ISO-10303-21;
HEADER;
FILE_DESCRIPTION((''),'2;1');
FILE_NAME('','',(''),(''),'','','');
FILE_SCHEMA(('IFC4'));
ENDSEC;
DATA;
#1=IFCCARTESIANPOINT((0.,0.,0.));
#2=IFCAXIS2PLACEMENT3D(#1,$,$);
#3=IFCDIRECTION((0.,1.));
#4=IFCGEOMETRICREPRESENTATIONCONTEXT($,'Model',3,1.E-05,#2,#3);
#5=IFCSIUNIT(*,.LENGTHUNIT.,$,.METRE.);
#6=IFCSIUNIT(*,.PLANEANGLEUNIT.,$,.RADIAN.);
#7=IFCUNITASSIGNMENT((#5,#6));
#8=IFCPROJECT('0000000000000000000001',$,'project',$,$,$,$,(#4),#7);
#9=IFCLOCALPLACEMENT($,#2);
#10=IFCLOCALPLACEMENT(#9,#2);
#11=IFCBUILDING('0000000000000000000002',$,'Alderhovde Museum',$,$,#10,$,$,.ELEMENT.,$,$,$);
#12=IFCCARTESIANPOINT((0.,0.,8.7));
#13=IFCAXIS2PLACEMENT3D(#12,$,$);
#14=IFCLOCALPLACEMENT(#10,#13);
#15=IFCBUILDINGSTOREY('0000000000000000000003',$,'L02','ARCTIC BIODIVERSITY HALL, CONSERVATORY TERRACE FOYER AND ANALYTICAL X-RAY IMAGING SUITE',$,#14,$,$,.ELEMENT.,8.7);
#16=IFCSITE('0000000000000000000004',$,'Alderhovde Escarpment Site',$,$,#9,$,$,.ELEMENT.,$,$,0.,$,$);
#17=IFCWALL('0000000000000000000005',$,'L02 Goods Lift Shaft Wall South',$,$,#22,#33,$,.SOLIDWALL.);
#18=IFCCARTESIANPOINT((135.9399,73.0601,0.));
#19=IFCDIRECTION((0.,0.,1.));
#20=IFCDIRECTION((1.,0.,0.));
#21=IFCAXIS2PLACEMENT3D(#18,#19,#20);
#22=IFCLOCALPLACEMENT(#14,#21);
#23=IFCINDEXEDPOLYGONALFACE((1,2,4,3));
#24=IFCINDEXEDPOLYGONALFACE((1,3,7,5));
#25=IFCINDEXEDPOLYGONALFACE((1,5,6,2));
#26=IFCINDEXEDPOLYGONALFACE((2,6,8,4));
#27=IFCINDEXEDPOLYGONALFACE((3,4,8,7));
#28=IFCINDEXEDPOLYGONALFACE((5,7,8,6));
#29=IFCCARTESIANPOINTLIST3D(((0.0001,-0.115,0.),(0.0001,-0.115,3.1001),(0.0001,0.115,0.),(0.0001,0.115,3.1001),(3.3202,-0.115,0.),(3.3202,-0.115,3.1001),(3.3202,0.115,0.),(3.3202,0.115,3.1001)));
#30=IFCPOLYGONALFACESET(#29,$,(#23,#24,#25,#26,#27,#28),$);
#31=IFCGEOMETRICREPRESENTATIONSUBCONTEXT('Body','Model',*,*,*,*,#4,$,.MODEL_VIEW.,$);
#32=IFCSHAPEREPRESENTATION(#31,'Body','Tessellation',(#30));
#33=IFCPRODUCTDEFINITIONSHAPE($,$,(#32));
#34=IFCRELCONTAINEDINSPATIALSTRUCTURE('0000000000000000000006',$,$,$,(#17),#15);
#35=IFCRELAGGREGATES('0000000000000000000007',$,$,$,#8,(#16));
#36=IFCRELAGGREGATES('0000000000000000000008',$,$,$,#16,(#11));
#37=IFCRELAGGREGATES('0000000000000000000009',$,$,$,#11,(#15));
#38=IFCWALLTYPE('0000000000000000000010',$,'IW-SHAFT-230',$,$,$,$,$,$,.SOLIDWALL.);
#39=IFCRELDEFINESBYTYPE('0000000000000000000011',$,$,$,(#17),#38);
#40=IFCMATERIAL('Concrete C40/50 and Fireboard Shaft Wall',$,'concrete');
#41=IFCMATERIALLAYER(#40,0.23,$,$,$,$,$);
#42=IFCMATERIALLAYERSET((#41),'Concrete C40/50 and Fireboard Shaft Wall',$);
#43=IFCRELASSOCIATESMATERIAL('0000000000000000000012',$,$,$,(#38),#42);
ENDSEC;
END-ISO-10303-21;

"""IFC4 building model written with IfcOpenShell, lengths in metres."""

from ifc_helpers import new_model, si_unit, direction, frame, frame_2d, origin, place, context, subcontext, project, spatial, rectangle, extrude, material, layer, layer_set, type_object, element, save


model = new_model("IFC4")

# Units and contexts
model_context = context("Model", 3, precision=1e-05, world=origin(), true_north=direction((0.0, 1.0)))
body_context = subcontext(model_context, "Body", "Model", "MODEL_VIEW")
ifc_project = project(units=[si_unit("LENGTHUNIT", "METRE"), si_unit("PLANEANGLEUNIT", "RADIAN")], contexts=[model_context])

# Site, building, storey
site_placement = place(None, origin())
site = spatial("IfcSite", under=ifc_project, at=site_placement, Name="Alderhovde Escarpment Site", CompositionType="ELEMENT", RefElevation=0.0)
building_placement = place(site_placement, origin())
building = spatial("IfcBuilding", under=site, at=building_placement, Name="Alderhovde Museum", CompositionType="ELEMENT")
storey_placement = place(building_placement, frame((0.0, 0.0, 8.7)))
storey = spatial("IfcBuildingStorey", under=building, at=storey_placement, Name="L02", Description="ARCTIC BIODIVERSITY HALL, CONSERVATORY TERRACE FOYER AND ANALYTICAL X-RAY IMAGING SUITE", CompositionType="ELEMENT", Elevation=8.7)

# Wall
ifc_material_1 = material(Name="Concrete C40/50 and Fireboard Shaft Wall", Category="concrete")
ifc_layer_1 = layer(ifc_material_1, 0.23)
ifc_layer_set_1 = layer_set([ifc_layer_1], Name="Concrete C40/50 and Fireboard Shaft Wall")
wall_type_1 = type_object("IfcWallType", Name="IW-SHAFT-230", PredefinedType="SOLIDWALL", material=ifc_layer_set_1)
wall_1_placement = place(storey_placement, frame((135.9399, 73.0601, 0.0), z_axis=(0.0, 0.0, 1.0), x_axis=(1.0, 0.0, 0.0)))
element("IfcWall", 1, at=wall_1_placement, inside=storey, type_object=wall_type_1, Name="L02 Goods Lift Shaft Wall South", PredefinedType="SOLIDWALL", context=body_context, shape_type="SweptSolid", body=[
    extrude(rectangle(XDim=3.3201, YDim=0.23, at=frame_2d((1.6602, 0.0))), origin(), (0.0, 0.0, 1.0), 3.1001),
])

save(model, "model.ifc")
